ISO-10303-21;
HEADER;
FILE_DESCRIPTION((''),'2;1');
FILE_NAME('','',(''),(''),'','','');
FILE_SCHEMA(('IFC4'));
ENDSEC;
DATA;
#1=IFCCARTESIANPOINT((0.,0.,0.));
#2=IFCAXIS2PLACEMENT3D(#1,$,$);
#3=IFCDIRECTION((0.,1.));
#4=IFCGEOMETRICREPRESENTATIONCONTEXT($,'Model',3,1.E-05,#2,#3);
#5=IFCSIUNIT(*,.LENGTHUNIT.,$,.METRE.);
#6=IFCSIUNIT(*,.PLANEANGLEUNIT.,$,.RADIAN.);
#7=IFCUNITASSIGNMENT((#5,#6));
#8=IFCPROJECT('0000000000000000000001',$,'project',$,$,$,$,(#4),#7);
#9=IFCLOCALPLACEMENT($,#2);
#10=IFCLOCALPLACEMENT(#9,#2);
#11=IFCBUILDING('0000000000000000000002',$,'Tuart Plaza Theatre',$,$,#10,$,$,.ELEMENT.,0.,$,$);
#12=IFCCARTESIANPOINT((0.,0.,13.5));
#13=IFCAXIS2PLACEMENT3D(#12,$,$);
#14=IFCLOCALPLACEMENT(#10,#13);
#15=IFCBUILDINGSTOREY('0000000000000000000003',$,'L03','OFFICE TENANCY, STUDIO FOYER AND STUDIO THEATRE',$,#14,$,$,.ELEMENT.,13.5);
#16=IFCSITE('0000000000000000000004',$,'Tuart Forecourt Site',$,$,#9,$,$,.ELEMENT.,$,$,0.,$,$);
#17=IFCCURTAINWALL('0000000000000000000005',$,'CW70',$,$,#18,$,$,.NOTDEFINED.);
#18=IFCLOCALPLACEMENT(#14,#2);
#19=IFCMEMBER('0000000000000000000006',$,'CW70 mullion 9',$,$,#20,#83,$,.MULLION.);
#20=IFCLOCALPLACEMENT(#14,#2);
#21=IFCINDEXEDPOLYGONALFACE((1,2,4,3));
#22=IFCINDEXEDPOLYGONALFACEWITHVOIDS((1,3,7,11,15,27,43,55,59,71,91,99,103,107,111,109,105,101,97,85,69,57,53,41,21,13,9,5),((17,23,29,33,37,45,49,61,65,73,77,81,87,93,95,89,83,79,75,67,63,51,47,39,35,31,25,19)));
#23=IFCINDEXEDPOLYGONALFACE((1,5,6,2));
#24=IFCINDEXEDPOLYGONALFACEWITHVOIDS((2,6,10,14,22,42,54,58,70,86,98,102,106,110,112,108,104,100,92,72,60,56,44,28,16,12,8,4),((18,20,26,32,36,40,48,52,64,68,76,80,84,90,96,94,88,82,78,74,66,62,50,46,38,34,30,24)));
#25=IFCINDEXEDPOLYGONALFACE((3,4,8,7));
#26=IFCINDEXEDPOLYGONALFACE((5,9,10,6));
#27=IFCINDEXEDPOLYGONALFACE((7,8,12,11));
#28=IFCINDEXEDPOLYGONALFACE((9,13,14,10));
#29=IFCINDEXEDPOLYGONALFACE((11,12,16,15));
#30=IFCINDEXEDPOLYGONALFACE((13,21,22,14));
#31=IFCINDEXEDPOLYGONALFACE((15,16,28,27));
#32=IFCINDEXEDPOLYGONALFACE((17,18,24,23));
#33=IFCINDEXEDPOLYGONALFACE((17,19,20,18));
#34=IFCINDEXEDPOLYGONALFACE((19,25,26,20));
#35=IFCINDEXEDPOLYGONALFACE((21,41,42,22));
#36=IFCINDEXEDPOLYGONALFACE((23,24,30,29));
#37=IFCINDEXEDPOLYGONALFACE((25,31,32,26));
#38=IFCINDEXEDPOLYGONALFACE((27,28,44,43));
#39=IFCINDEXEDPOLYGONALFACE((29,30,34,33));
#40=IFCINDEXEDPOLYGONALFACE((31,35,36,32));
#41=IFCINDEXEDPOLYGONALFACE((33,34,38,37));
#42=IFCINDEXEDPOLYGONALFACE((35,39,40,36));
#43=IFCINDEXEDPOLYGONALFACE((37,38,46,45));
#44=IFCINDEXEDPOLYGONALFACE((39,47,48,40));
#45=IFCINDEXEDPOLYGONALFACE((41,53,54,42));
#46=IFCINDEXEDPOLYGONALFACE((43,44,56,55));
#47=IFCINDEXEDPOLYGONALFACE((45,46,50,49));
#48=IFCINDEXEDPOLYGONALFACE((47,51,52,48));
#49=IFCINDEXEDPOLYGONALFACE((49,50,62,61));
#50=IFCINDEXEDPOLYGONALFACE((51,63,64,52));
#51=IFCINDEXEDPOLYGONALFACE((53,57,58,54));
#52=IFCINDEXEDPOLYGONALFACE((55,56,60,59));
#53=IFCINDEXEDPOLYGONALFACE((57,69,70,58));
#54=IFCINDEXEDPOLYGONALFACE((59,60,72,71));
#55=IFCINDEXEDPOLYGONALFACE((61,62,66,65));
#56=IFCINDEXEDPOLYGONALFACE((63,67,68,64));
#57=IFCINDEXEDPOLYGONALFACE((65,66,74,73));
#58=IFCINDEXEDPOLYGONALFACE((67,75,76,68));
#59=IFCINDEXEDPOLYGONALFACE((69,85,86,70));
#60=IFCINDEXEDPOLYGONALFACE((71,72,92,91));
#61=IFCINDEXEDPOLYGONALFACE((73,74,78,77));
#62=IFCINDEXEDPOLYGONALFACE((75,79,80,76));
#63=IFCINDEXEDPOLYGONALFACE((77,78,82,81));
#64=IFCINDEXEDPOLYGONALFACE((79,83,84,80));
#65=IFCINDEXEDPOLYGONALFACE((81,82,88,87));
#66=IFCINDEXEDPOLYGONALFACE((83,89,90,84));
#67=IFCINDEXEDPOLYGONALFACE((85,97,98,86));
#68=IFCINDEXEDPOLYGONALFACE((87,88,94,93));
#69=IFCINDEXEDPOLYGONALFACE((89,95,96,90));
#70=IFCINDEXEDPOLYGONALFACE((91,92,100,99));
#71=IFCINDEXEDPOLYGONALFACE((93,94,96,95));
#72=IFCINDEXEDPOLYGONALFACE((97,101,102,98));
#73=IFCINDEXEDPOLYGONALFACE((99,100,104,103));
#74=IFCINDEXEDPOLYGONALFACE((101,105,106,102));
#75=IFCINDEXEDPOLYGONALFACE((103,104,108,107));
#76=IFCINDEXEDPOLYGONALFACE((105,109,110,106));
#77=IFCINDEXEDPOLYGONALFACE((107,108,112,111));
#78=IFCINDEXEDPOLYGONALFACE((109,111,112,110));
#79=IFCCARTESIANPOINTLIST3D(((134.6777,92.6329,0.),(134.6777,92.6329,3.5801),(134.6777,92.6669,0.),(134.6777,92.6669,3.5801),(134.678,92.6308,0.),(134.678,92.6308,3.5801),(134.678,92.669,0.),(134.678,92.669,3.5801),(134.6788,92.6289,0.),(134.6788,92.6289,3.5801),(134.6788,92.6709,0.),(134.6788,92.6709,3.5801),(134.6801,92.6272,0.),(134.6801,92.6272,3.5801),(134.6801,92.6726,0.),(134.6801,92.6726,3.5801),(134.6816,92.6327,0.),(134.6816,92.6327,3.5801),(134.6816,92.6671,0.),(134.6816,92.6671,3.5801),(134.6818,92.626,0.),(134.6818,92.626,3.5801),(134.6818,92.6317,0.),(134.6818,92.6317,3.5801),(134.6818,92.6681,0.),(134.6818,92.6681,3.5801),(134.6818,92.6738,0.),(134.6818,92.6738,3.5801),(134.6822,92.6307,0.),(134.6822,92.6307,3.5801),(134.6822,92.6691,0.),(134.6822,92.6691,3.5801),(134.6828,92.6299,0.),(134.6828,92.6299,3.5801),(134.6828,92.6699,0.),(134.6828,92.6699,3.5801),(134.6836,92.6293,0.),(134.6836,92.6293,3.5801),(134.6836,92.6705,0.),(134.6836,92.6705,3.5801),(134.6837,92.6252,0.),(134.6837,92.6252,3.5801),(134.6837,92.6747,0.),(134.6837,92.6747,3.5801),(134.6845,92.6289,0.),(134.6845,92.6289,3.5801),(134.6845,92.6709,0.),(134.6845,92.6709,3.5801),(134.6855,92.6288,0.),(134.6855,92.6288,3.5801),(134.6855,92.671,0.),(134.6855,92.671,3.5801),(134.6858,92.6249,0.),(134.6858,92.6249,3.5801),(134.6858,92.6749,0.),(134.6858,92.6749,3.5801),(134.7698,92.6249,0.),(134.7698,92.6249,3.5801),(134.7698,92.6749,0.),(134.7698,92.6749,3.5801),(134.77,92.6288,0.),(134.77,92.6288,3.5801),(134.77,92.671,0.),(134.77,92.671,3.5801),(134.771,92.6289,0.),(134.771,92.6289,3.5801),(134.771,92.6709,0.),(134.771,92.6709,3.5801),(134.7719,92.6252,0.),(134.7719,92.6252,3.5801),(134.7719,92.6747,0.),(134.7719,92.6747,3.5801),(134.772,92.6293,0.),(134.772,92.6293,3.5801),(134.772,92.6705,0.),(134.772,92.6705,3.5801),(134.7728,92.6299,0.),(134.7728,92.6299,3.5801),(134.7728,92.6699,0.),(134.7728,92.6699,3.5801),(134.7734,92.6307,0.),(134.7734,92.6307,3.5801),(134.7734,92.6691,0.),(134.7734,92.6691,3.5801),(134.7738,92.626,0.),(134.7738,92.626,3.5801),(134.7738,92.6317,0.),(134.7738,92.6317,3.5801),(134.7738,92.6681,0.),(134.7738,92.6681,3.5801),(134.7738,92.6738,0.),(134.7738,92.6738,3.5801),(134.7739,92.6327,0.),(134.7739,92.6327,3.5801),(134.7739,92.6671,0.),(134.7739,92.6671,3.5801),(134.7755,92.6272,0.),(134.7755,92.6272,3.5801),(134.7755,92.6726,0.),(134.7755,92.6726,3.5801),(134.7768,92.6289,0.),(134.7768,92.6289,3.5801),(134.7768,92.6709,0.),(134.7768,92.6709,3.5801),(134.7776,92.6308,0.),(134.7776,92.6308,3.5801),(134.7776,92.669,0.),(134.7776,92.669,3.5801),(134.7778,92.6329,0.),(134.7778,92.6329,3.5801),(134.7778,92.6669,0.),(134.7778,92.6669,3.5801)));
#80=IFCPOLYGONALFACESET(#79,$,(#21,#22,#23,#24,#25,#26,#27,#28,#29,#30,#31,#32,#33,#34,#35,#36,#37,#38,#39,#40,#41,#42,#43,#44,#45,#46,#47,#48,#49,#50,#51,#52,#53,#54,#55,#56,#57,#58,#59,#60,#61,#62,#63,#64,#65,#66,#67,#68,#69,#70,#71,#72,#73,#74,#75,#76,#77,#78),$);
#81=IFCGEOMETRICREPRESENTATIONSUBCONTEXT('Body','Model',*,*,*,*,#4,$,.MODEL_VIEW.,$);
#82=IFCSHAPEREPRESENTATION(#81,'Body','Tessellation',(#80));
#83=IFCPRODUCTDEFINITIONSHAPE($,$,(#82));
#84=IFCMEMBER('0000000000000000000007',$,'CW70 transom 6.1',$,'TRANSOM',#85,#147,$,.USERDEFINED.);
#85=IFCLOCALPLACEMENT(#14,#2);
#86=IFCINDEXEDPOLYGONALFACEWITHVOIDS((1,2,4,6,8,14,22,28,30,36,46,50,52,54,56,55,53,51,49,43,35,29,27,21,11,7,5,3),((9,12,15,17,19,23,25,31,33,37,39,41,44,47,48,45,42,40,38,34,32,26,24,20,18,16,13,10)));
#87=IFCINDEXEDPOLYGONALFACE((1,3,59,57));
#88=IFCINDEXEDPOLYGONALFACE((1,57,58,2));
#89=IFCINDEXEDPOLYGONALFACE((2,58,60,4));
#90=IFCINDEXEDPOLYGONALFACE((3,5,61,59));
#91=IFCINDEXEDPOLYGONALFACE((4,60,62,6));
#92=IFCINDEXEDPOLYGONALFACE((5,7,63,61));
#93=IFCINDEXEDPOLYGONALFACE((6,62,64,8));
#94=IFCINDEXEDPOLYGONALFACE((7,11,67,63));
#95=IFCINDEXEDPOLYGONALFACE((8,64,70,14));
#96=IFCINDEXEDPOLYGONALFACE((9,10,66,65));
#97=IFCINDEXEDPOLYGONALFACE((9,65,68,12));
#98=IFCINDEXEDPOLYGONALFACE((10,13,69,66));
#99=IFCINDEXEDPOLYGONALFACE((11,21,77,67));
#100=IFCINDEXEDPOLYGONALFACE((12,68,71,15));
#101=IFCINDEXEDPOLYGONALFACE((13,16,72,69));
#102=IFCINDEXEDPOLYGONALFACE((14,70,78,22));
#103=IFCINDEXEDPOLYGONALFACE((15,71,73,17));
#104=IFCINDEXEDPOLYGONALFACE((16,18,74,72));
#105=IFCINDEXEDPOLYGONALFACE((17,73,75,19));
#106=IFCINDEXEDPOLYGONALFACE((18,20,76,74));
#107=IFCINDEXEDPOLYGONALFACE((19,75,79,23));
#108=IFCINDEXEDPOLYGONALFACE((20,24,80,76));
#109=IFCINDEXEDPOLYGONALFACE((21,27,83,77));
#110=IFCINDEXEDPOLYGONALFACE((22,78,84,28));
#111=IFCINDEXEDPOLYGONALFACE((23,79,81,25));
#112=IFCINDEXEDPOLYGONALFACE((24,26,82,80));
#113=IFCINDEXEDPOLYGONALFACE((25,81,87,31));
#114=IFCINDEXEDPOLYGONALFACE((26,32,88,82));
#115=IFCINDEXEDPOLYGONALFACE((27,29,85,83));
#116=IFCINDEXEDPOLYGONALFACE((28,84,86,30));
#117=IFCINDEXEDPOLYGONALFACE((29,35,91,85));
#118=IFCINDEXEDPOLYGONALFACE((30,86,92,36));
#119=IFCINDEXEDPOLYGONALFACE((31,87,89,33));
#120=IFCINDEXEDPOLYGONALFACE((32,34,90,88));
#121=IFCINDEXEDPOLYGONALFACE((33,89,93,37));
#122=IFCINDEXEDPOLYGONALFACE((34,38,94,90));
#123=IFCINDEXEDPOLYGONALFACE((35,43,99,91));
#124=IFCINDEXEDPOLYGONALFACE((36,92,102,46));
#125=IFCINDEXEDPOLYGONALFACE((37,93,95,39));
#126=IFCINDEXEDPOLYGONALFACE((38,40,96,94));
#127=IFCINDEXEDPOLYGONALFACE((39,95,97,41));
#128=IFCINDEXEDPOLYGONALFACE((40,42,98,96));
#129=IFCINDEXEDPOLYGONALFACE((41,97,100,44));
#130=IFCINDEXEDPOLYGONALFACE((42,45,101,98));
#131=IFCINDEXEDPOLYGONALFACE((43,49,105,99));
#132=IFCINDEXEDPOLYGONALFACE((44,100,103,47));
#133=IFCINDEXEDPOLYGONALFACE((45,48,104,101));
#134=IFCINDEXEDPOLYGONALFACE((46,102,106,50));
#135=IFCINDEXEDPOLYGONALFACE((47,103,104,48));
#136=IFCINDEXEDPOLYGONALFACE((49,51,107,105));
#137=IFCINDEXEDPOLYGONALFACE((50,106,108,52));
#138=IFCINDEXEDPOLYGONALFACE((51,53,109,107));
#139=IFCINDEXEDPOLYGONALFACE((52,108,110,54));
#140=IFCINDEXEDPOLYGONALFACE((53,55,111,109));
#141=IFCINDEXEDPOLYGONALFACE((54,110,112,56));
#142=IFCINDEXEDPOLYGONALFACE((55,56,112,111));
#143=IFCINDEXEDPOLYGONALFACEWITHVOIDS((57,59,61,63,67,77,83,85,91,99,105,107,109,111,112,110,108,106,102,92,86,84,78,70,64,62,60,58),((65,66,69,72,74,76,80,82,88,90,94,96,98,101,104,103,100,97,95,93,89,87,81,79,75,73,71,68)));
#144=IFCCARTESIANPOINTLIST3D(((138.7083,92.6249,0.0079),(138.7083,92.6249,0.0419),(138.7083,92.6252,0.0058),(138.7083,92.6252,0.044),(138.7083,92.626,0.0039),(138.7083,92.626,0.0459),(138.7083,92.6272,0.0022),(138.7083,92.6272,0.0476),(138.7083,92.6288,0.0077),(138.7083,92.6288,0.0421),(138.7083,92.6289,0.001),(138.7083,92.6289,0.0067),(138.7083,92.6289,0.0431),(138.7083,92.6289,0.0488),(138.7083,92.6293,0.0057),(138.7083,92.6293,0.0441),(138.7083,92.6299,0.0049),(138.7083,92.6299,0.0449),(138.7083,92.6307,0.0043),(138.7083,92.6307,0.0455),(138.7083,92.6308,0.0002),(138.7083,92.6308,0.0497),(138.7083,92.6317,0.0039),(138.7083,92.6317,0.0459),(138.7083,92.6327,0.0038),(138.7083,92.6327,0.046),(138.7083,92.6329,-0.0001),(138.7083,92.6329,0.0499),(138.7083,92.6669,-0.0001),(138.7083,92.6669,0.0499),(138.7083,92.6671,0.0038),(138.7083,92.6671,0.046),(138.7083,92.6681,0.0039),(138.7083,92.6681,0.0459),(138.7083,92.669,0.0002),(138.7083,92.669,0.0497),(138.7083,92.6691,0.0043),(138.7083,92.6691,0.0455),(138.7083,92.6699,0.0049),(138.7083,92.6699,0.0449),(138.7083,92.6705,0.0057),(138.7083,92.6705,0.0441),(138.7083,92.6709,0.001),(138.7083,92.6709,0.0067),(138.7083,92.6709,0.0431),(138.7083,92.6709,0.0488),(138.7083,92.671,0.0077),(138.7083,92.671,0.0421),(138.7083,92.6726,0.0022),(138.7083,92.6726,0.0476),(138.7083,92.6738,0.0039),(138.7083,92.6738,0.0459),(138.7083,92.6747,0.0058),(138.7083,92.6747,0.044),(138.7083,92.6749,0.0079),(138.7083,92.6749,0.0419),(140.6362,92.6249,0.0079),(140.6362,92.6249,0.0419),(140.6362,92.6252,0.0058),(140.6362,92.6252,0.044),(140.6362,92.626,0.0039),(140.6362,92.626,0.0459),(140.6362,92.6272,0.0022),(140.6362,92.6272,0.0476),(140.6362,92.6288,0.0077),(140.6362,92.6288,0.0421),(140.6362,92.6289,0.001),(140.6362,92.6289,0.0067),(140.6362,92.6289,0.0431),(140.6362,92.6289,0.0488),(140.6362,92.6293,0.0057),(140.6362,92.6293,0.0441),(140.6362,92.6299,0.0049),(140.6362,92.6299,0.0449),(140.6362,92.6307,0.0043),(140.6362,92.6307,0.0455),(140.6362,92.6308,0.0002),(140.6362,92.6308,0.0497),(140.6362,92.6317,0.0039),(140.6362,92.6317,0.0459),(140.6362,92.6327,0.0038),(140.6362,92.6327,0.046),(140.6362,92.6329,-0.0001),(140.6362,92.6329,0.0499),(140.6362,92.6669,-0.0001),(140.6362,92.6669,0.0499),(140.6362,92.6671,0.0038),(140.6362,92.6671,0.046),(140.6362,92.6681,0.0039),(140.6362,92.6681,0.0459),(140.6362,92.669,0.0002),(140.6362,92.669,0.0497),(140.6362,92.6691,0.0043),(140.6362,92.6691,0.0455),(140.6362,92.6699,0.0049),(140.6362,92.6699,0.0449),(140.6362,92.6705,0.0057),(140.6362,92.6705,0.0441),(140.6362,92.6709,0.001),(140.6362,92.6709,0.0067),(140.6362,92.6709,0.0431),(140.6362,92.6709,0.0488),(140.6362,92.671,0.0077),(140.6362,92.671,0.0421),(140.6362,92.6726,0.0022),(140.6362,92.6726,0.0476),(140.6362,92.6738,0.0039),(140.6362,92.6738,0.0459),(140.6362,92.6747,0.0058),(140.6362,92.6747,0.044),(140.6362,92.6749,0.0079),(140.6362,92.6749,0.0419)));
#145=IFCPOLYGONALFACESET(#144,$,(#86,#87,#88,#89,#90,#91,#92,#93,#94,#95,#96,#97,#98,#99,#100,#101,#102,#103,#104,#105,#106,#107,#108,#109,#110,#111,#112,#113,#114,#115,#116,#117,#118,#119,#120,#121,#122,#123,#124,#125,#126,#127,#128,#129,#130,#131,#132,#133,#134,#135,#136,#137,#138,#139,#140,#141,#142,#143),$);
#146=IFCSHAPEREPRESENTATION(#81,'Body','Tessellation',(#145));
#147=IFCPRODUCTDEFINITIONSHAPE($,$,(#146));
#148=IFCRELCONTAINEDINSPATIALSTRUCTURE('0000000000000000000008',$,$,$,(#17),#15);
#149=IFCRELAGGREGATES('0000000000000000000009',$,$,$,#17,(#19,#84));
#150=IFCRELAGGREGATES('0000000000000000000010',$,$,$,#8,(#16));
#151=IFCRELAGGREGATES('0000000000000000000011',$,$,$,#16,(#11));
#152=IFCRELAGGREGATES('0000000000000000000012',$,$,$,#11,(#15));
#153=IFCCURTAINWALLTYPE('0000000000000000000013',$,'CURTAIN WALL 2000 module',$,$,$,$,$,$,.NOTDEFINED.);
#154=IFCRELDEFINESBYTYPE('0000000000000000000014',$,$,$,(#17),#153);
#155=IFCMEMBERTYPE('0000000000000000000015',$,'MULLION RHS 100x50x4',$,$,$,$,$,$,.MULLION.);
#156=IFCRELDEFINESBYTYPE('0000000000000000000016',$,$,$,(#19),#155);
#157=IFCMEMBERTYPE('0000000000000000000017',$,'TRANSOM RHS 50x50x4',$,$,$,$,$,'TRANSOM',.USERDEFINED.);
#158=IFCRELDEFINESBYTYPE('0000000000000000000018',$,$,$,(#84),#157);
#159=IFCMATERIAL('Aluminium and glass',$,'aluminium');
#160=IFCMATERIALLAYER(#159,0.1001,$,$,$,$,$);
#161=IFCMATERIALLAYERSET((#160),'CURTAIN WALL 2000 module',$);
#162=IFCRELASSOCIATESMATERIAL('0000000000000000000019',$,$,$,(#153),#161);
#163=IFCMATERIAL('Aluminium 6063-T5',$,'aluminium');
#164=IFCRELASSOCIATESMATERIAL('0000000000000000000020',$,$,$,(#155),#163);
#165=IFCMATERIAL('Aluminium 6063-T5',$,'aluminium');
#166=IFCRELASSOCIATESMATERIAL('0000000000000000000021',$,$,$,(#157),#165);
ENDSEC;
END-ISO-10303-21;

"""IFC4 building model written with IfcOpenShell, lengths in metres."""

from ifc_helpers import new_model, si_unit, direction, frame, origin, origin_2d, place, context, subcontext, project, spatial, hollow_rectangle, extrude, material, layer, layer_set, material_profile, profile_set, type_object, element, aggregate, save


model = new_model("IFC4")

# Units and contexts
model_context = context("Model", 3, precision=1e-05, world=origin(), true_north=direction((0.0, 1.0)))
body_context = subcontext(model_context, "Body", "Model", "MODEL_VIEW")
ifc_project = project(units=[si_unit("LENGTHUNIT", "METRE"), si_unit("PLANEANGLEUNIT", "RADIAN")], contexts=[model_context])

# Site, building, storey
site_placement = place(None, origin())
site = spatial("IfcSite", under=ifc_project, at=site_placement, Name="Tuart Forecourt Site", CompositionType="ELEMENT", RefElevation=0.0)
building_placement = place(site_placement, origin())
building = spatial("IfcBuilding", under=site, at=building_placement, Name="Tuart Plaza Theatre", CompositionType="ELEMENT", ElevationOfRefHeight=0.0)
storey_placement = place(building_placement, frame((0.0, 0.0, 13.5)))
storey = spatial("IfcBuildingStorey", under=building, at=storey_placement, Name="L03", Description="OFFICE TENANCY, STUDIO FOYER AND STUDIO THEATRE", CompositionType="ELEMENT", Elevation=13.5)

# Curtain wall, members
ifc_material_1 = material(Name="Aluminium and glass", Category="aluminium")
ifc_layer_1 = layer(ifc_material_1, 0.1001)
ifc_layer_set_1 = layer_set([ifc_layer_1], Name="CURTAIN WALL 2000 module")
curtain_wall_type = type_object("IfcCurtainWallType", Name="CURTAIN WALL 2000 module", PredefinedType="NOTDEFINED", material=ifc_layer_set_1)
curtain_wall_placement = place(storey_placement, origin())
curtain_wall = element("IfcCurtainWall", 1, at=curtain_wall_placement, inside=storey, type_object=curtain_wall_type, Name="CW70", PredefinedType="NOTDEFINED")
ifc_material_2 = material(Name="Aluminium 6063-T5", Category="aluminium")
ifc_material_profile_1 = material_profile(ifc_material_2, hollow_rectangle(XDim=0.05, YDim=0.1001, WallThickness=0.0039, InnerFilletRadius=0.0039, OuterFilletRadius=0.0081, at=origin_2d()), Name="RHS 100x50x4")
ifc_profile_set_1 = profile_set([ifc_material_profile_1], Name="Aluminium 6063-T5")
member_type_1 = type_object("IfcMemberType", Name="MULLION RHS 100x50x4", PredefinedType="MULLION", material=ifc_profile_set_1)
member_1_placement = place(storey_placement, frame((134.7278, 92.6499, 0.0), z_axis=(0.0, 0.0, 1.0), x_axis=(0.0, -1.0, 0.0)))
member_1 = element("IfcMember", 2, at=member_1_placement, type_object=member_type_1, Name="CW70 mullion 9", PredefinedType="MULLION", context=body_context, shape_type="SweptSolid", body=[
    extrude(hollow_rectangle(XDim=0.05, YDim=0.1001, WallThickness=0.0039, InnerFilletRadius=0.0039, OuterFilletRadius=0.0081, at=origin_2d()), origin(), (0.0, 0.0, 1.0), 3.5801),
])
ifc_material_3 = material(Name="Aluminium 6063-T5", Category="aluminium")
ifc_material_profile_2 = material_profile(ifc_material_3, hollow_rectangle(XDim=0.05, YDim=0.05, WallThickness=0.0039, InnerFilletRadius=0.0039, OuterFilletRadius=0.0081, at=origin_2d()), Name="RHS 50x50x4")
ifc_profile_set_2 = profile_set([ifc_material_profile_2], Name="Aluminium 6063-T5")
member_type_2 = type_object("IfcMemberType", Name="TRANSOM RHS 50x50x4", ElementType="TRANSOM", PredefinedType="USERDEFINED", material=ifc_profile_set_2)
member_2_placement = place(storey_placement, frame((140.6362, 92.6499, 0.0249), z_axis=(-1.0, 0.0, 0.0), x_axis=(0.0, -1.0, 0.0)))
member_2 = element("IfcMember", 3, at=member_2_placement, type_object=member_type_2, Name="CW70 transom 6.1", ObjectType="TRANSOM", PredefinedType="USERDEFINED", context=body_context, shape_type="SweptSolid", body=[
    extrude(hollow_rectangle(XDim=0.05, YDim=0.05, WallThickness=0.0039, InnerFilletRadius=0.0039, OuterFilletRadius=0.0081, at=origin_2d()), origin(), (0.0, 0.0, 1.0), 1.928),
])
aggregate(curtain_wall, [member_1, member_2])

save(model, "model.ifc")
